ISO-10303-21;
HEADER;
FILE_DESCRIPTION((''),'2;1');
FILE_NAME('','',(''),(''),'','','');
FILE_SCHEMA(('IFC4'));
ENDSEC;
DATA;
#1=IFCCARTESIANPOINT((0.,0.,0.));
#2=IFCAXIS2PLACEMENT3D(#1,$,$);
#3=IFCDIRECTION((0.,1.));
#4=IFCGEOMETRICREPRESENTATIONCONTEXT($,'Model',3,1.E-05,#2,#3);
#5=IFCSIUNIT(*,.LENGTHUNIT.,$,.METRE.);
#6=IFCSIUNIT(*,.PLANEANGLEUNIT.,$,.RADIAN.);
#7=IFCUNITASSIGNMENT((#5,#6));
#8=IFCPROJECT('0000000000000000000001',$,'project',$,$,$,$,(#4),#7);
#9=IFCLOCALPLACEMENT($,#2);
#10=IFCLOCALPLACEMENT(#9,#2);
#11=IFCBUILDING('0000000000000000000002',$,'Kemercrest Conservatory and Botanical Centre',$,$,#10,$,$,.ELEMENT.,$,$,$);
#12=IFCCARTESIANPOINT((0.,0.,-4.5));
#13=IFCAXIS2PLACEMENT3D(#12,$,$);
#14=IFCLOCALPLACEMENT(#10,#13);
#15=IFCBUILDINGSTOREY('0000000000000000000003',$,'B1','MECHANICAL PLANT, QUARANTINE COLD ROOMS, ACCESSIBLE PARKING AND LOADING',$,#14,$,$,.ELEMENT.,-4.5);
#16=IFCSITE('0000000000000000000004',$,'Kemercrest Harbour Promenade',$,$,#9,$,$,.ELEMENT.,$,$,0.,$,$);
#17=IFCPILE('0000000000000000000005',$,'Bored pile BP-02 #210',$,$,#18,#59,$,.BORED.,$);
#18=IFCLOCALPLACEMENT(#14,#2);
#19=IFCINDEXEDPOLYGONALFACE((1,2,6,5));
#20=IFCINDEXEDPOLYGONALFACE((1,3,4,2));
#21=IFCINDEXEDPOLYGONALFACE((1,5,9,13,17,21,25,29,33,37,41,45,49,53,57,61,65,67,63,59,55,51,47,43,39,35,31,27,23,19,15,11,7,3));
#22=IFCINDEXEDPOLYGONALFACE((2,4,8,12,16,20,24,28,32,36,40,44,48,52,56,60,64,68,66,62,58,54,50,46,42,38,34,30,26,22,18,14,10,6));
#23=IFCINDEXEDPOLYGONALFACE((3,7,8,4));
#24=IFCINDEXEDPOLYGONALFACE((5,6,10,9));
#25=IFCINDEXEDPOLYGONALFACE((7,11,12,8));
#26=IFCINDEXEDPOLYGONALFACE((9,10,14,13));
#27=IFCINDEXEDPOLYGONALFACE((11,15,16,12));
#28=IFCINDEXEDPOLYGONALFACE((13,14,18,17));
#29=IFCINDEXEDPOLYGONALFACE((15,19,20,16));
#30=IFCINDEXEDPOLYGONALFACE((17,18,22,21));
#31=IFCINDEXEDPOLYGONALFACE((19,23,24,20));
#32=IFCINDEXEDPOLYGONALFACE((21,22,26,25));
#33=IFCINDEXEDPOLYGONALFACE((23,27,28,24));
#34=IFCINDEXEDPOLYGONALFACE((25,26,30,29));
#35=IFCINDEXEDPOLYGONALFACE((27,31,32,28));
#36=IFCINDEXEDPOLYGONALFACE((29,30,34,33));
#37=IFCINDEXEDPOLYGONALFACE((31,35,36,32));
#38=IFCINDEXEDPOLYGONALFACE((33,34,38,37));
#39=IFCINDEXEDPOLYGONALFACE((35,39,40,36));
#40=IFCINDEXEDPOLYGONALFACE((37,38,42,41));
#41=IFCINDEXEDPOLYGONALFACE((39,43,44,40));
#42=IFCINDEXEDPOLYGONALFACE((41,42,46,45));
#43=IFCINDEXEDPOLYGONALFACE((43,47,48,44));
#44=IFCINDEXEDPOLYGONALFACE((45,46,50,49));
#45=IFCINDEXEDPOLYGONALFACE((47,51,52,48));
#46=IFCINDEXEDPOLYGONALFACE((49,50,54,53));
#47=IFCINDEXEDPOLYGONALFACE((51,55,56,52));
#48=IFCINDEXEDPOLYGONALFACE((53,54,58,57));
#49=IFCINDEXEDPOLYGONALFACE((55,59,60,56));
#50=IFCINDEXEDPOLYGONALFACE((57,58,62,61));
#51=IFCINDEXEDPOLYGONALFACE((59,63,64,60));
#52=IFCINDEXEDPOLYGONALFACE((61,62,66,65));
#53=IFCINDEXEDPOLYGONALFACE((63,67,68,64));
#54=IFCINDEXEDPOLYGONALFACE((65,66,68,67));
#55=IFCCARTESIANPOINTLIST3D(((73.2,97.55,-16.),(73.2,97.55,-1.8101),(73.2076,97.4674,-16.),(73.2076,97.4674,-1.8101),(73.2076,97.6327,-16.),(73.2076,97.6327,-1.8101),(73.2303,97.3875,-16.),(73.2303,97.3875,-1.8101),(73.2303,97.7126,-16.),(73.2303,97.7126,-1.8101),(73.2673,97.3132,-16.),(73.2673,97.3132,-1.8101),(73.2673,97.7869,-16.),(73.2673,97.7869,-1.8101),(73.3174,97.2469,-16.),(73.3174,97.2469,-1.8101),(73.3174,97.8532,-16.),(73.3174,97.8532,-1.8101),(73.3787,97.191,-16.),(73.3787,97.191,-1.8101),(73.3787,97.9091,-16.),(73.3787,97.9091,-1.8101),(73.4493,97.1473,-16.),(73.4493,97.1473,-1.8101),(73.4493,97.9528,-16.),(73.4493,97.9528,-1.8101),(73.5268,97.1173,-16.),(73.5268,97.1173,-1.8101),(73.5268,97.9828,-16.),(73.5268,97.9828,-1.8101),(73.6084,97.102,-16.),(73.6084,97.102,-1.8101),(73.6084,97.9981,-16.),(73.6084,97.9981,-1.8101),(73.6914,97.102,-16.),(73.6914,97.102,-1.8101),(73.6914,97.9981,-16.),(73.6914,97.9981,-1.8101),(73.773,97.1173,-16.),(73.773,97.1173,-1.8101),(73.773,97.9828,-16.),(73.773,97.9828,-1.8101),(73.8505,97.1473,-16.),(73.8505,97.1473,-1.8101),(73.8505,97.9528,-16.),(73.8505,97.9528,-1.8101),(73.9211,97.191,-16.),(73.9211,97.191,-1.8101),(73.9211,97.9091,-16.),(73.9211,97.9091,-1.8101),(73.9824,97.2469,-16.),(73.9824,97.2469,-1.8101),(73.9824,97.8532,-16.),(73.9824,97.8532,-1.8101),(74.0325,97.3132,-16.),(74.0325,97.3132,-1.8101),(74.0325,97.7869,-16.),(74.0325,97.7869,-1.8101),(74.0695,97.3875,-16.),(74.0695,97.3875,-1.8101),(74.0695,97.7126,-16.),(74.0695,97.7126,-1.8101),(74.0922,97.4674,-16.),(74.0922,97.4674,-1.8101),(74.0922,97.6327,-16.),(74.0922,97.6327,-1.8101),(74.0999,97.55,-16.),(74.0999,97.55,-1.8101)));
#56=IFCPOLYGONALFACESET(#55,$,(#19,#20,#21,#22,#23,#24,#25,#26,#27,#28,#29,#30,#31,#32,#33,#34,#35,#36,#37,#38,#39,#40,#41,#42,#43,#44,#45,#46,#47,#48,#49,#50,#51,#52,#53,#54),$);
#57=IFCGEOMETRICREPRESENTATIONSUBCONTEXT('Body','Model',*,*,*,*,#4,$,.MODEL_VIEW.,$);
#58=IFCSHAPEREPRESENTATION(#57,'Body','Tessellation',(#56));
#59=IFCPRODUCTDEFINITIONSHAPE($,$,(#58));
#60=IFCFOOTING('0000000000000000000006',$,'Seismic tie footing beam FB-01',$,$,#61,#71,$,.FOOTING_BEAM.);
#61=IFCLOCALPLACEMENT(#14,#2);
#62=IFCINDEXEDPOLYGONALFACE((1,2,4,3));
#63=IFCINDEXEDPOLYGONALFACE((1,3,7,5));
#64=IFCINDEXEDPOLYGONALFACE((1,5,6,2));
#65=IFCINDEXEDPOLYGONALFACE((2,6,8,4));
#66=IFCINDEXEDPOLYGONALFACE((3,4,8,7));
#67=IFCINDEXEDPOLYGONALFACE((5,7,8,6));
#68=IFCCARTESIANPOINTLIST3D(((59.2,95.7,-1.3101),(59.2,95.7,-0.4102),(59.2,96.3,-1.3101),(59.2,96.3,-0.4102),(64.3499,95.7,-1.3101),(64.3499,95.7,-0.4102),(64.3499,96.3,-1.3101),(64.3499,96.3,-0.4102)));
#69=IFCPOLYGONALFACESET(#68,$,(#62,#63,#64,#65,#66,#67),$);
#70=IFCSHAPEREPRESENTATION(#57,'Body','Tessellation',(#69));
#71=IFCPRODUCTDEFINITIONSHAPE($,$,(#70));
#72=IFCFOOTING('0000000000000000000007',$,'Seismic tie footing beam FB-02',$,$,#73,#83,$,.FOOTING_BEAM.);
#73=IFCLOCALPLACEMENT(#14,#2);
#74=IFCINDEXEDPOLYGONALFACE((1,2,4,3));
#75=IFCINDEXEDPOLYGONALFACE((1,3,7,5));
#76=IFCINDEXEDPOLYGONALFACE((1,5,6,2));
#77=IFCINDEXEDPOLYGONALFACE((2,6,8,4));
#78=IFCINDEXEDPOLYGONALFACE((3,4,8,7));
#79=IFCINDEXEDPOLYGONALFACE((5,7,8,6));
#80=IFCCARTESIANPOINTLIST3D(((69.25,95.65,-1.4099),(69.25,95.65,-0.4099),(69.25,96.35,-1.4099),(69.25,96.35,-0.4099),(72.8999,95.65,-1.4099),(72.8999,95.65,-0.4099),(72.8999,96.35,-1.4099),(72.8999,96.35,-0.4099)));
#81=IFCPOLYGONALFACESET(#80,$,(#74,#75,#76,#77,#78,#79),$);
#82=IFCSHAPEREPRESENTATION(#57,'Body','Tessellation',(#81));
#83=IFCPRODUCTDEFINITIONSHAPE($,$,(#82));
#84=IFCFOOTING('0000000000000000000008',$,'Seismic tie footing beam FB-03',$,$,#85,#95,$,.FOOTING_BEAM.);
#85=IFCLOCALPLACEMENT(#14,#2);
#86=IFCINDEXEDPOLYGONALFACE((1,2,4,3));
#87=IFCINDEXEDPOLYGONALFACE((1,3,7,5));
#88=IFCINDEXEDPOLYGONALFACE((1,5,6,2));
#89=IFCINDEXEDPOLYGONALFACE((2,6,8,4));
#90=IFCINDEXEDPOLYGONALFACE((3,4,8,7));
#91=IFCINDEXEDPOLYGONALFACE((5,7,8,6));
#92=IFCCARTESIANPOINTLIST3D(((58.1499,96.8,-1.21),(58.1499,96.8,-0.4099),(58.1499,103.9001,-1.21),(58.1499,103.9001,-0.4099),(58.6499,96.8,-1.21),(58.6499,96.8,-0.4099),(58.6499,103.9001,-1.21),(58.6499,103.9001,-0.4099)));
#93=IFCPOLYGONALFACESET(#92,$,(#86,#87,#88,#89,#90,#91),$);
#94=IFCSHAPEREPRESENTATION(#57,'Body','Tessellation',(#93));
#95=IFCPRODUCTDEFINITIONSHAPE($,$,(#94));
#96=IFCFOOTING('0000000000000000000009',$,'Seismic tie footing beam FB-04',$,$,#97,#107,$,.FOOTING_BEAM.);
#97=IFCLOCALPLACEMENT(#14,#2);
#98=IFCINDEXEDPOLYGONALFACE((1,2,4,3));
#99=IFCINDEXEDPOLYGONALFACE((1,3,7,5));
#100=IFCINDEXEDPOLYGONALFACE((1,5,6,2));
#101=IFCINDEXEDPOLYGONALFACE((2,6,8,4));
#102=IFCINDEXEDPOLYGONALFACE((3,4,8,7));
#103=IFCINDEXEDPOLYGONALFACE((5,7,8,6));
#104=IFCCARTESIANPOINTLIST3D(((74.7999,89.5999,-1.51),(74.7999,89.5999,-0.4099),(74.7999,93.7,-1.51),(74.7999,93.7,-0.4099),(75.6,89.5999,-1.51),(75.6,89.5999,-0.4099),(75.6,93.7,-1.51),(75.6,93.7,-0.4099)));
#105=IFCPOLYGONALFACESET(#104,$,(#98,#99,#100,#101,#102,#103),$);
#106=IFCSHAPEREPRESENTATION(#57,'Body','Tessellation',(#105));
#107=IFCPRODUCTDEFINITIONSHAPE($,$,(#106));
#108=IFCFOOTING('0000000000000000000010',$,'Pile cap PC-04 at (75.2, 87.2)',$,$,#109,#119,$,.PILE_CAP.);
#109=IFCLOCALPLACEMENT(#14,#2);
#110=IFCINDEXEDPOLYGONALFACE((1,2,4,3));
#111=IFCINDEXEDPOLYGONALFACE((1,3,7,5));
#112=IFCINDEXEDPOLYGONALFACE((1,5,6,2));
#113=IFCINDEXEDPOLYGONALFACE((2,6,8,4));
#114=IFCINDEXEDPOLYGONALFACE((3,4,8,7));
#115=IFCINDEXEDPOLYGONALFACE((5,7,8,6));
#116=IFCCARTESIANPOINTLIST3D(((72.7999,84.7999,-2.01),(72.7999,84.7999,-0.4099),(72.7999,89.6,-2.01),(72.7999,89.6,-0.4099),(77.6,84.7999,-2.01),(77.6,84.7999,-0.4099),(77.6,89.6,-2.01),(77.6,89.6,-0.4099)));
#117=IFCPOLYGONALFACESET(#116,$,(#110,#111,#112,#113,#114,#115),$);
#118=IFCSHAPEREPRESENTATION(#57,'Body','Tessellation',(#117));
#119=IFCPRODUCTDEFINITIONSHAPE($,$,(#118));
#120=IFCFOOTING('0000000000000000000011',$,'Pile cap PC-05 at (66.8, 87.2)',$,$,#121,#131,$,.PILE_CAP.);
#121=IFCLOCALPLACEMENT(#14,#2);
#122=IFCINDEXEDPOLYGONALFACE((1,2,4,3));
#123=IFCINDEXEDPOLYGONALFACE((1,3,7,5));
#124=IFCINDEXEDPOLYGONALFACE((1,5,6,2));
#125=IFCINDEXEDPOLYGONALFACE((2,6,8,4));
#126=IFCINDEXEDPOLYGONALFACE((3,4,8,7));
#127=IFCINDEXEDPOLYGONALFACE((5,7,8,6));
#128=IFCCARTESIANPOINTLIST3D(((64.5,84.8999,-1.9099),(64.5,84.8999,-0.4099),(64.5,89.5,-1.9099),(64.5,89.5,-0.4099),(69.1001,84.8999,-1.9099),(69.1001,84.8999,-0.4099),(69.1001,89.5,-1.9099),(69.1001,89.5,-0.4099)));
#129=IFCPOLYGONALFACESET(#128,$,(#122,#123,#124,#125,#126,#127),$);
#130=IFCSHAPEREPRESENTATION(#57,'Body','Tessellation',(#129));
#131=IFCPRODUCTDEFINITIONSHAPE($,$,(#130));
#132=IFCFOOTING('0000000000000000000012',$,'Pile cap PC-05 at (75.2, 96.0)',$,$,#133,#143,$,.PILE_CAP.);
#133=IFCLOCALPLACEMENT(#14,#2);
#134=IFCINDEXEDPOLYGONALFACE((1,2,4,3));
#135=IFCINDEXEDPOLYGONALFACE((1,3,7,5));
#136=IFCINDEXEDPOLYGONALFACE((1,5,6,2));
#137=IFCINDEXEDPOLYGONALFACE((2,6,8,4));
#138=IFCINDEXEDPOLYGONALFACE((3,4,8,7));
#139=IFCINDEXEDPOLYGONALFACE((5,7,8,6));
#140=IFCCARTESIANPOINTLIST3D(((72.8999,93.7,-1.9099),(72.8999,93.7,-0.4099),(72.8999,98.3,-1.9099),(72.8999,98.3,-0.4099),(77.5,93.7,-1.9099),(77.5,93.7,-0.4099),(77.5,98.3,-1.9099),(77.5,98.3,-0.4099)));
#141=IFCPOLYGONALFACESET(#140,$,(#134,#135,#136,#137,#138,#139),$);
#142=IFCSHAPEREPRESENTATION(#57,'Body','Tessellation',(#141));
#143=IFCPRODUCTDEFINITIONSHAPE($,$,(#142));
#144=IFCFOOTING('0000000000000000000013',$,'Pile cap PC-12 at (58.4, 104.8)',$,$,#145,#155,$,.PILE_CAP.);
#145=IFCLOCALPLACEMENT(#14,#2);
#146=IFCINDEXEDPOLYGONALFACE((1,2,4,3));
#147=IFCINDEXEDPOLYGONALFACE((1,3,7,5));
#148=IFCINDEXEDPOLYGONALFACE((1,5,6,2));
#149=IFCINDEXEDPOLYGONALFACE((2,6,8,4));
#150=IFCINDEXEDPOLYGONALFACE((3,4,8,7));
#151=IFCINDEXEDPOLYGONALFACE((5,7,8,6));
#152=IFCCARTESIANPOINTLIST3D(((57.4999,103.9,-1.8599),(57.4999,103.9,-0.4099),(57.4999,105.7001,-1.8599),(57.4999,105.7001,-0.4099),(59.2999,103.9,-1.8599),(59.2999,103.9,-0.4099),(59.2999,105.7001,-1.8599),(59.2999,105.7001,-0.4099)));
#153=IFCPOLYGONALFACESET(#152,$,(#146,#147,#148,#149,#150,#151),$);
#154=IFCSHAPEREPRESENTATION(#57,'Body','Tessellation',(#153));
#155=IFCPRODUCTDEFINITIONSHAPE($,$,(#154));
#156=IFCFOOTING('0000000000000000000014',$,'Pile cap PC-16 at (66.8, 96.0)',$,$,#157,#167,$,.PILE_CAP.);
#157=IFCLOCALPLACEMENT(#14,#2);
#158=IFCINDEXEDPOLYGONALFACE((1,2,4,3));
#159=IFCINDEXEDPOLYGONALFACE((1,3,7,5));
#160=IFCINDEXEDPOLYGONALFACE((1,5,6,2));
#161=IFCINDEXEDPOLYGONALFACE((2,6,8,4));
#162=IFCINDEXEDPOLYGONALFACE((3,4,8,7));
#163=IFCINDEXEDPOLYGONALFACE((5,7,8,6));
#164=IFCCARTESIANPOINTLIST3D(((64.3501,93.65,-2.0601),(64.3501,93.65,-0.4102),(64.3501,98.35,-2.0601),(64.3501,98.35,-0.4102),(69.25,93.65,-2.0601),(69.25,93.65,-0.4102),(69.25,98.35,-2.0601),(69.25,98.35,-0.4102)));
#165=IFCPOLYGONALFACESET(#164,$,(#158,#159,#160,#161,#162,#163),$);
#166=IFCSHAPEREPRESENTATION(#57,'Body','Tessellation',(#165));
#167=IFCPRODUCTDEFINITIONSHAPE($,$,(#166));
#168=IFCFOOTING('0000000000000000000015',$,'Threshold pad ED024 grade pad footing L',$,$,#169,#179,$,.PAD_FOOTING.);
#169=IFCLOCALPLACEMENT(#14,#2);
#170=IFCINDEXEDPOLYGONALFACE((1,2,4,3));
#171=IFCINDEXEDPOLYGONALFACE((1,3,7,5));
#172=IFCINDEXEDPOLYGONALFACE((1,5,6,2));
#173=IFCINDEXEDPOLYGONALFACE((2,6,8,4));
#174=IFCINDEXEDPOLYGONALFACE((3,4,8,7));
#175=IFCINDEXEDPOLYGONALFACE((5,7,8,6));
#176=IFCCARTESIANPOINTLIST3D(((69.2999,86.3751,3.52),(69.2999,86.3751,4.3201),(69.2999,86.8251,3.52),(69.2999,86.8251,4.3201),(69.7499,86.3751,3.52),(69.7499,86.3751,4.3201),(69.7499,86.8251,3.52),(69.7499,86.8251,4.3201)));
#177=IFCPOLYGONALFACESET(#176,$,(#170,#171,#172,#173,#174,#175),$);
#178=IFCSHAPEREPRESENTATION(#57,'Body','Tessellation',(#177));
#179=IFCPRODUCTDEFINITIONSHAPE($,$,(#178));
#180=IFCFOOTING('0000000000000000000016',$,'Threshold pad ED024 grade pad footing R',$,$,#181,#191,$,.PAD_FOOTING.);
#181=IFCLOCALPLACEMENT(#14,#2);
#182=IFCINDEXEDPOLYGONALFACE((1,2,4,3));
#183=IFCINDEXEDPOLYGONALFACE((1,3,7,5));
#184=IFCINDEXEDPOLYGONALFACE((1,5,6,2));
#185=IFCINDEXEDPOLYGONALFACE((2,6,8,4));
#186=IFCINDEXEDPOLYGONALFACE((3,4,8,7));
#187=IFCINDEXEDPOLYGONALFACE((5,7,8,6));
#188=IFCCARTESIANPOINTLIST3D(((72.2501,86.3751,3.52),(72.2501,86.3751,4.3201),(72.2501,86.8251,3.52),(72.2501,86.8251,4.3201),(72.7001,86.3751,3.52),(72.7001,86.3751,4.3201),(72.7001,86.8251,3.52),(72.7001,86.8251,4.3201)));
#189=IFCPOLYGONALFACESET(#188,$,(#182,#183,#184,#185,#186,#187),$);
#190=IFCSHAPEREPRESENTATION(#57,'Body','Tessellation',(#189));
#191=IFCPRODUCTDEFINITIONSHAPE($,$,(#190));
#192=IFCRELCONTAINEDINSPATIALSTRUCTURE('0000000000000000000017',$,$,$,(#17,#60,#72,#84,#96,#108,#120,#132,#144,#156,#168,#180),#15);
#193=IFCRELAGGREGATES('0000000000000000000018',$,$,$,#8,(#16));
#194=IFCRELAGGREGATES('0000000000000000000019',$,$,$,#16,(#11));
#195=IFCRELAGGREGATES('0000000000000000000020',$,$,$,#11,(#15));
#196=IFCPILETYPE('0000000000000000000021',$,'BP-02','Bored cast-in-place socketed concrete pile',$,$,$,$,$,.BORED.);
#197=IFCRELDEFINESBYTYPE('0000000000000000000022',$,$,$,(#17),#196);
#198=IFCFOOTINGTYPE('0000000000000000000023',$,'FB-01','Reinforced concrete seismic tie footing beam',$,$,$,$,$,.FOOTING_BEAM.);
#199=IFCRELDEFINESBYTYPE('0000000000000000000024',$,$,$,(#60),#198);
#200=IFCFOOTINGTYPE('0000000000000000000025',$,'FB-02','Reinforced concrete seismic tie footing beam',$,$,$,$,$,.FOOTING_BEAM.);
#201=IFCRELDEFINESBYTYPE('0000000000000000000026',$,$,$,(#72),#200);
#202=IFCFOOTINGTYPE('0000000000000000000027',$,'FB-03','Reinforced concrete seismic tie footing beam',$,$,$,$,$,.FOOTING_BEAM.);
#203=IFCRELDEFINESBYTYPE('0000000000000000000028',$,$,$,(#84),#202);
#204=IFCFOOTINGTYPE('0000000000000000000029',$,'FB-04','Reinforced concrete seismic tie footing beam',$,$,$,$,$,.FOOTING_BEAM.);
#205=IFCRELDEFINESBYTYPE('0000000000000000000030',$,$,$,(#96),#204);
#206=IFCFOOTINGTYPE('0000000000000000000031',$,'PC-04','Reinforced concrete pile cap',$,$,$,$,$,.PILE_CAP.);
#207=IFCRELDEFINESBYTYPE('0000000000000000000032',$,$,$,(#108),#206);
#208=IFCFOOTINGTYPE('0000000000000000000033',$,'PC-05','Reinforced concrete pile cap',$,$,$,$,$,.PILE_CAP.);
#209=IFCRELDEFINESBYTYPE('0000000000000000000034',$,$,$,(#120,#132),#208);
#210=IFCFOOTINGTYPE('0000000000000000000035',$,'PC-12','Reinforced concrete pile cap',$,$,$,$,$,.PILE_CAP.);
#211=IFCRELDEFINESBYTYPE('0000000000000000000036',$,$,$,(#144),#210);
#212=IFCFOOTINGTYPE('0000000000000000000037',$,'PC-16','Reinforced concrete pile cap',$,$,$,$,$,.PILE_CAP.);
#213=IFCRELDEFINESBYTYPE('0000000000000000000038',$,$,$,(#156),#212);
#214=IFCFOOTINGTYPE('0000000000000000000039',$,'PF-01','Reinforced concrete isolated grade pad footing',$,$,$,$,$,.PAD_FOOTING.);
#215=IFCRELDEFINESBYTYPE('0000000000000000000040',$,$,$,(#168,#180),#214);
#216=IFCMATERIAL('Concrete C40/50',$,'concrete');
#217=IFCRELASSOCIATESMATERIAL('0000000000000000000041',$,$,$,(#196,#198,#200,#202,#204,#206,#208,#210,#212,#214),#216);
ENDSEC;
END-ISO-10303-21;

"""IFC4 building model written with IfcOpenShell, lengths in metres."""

from ifc_helpers import new_model, si_unit, direction, frame, origin, origin_2d, place, context, subcontext, project, spatial, rectangle, circle, extrude, material, material_profile, profile_set, type_object, element, save


model = new_model("IFC4")

# Units and contexts
model_context = context("Model", 3, precision=1e-05, world=origin(), true_north=direction((0.0, 1.0)))
body_context = subcontext(model_context, "Body", "Model", "MODEL_VIEW")
ifc_project = project(units=[si_unit("LENGTHUNIT", "METRE"), si_unit("PLANEANGLEUNIT", "RADIAN")], contexts=[model_context])

# Site, building, storey
site_placement = place(None, origin())
site = spatial("IfcSite", under=ifc_project, at=site_placement, Name="Kemercrest Harbour Promenade", CompositionType="ELEMENT", RefElevation=0.0)
building_placement = place(site_placement, origin())
building = spatial("IfcBuilding", under=site, at=building_placement, Name="Kemercrest Conservatory and Botanical Centre", CompositionType="ELEMENT")
storey_placement = place(building_placement, frame((0.0, 0.0, -4.5)))
storey = spatial("IfcBuildingStorey", under=building, at=storey_placement, Name="B1", Description="MECHANICAL PLANT, QUARANTINE COLD ROOMS, ACCESSIBLE PARKING AND LOADING", CompositionType="ELEMENT", Elevation=-4.5)

# Pile
ifc_material_1 = material(Name="Concrete C40/50", Category="concrete")
ifc_material_profile_1 = material_profile(ifc_material_1, circle(Radius=0.45, at=origin_2d()), Name="BORED PILE 900")
ifc_profile_set_1 = profile_set([ifc_material_profile_1], Name="Concrete C40/50")
pile_type_1 = type_object("IfcPileType", Name="BP-02", Description="Bored cast-in-place socketed concrete pile", PredefinedType="BORED", material=ifc_profile_set_1)
for number, where, z_axis, x_axis, name in (
    (1, (73.6499, 97.55, -1.8101), (0.0, 0.0, -1.0), (1.0, 0.0, 0.0), "Bored pile BP-02 #210"),
):
    element("IfcPile", number, at=place(storey_placement, frame(where, z_axis=z_axis, x_axis=x_axis)), inside=storey, type_object=pile_type_1, Name=name, PredefinedType="BORED", context=body_context, shape_type="SweptSolid", body=[
        extrude(circle(Radius=0.45, at=origin_2d()), origin(), (0.0, 0.0, 1.0), 14.1899),
    ])

# Footings
footing_type_1 = type_object("IfcFootingType", Name="FB-01", Description="Reinforced concrete seismic tie footing beam", PredefinedType="FOOTING_BEAM", material=ifc_material_1)
footing_1_placement = place(storey_placement, frame((61.7749, 96.0, -1.3101), z_axis=(0.0, 0.0, 1.0), x_axis=(1.0, 0.0, 0.0)))
element("IfcFooting", 2, at=footing_1_placement, inside=storey, type_object=footing_type_1, Name="Seismic tie footing beam FB-01", PredefinedType="FOOTING_BEAM", context=body_context, shape_type="SweptSolid", body=[
    extrude(rectangle(XDim=5.1499, YDim=0.6001, at=origin_2d()), origin(), (0.0, 0.0, 1.0), 0.8999),
])
footing_type_2 = type_object("IfcFootingType", Name="FB-02", Description="Reinforced concrete seismic tie footing beam", PredefinedType="FOOTING_BEAM", material=ifc_material_1)
footing_2_placement = place(storey_placement, frame((71.075, 96.0, -1.4099), z_axis=(0.0, 0.0, 1.0), x_axis=(1.0, 0.0, 0.0)))
element("IfcFooting", 3, at=footing_2_placement, inside=storey, type_object=footing_type_2, Name="Seismic tie footing beam FB-02", PredefinedType="FOOTING_BEAM", context=body_context, shape_type="SweptSolid", body=[
    extrude(rectangle(XDim=3.6499, YDim=0.7, at=origin_2d()), origin(), (0.0, 0.0, 1.0), 1.0),
])
footing_type_3 = type_object("IfcFootingType", Name="FB-03", Description="Reinforced concrete seismic tie footing beam", PredefinedType="FOOTING_BEAM", material=ifc_material_1)
footing_3_placement = place(storey_placement, frame((58.3999, 100.3501, -1.21), z_axis=(0.0, 0.0, 1.0), x_axis=(1.0, 0.0, 0.0)))
element("IfcFooting", 4, at=footing_3_placement, inside=storey, type_object=footing_type_3, Name="Seismic tie footing beam FB-03", PredefinedType="FOOTING_BEAM", context=body_context, shape_type="SweptSolid", body=[
    extrude(rectangle(XDim=0.5, YDim=7.1001, at=origin_2d()), origin(), (0.0, 0.0, 1.0), 0.8),
])
footing_type_4 = type_object("IfcFootingType", Name="FB-04", Description="Reinforced concrete seismic tie footing beam", PredefinedType="FOOTING_BEAM", material=ifc_material_1)
footing_4_placement = place(storey_placement, frame((75.2, 91.6499, -1.51), z_axis=(0.0, 0.0, 1.0), x_axis=(1.0, 0.0, 0.0)))
element("IfcFooting", 5, at=footing_4_placement, inside=storey, type_object=footing_type_4, Name="Seismic tie footing beam FB-04", PredefinedType="FOOTING_BEAM", context=body_context, shape_type="SweptSolid", body=[
    extrude(rectangle(XDim=0.8, YDim=4.1001, at=origin_2d()), origin(), (0.0, 0.0, 1.0), 1.1001),
])
footing_type_5 = type_object("IfcFootingType", Name="PC-04", Description="Reinforced concrete pile cap", PredefinedType="PILE_CAP", material=ifc_material_1)
footing_5_placement = place(storey_placement, frame((75.2, 87.2, -2.01), z_axis=(0.0, 0.0, 1.0), x_axis=(1.0, 0.0, 0.0)))
element("IfcFooting", 6, at=footing_5_placement, inside=storey, type_object=footing_type_5, Name="Pile cap PC-04 at (75.2, 87.2)", PredefinedType="PILE_CAP", context=body_context, shape_type="SweptSolid", body=[
    extrude(rectangle(XDim=4.8, YDim=4.8, at=origin_2d()), origin(), (0.0, 0.0, 1.0), 1.6001),
])
footing_type_6 = type_object("IfcFootingType", Name="PC-05", Description="Reinforced concrete pile cap", PredefinedType="PILE_CAP", material=ifc_material_1)
for number, where, z_axis, x_axis, name in (
    (7, (66.8, 87.2, -1.9099), (0.0, 0.0, 1.0), (1.0, 0.0, 0.0), "Pile cap PC-05 at (66.8, 87.2)"),
    (8, (75.2, 96.0, -1.9099), (0.0, 0.0, 1.0), (1.0, 0.0, 0.0), "Pile cap PC-05 at (75.2, 96.0)"),
):
    element("IfcFooting", number, at=place(storey_placement, frame(where, z_axis=z_axis, x_axis=x_axis)), inside=storey, type_object=footing_type_6, Name=name, PredefinedType="PILE_CAP", context=body_context, shape_type="SweptSolid", body=[
        extrude(rectangle(XDim=4.6001, YDim=4.6001, at=origin_2d()), origin(), (0.0, 0.0, 1.0), 1.5),
    ])
footing_type_7 = type_object("IfcFootingType", Name="PC-12", Description="Reinforced concrete pile cap", PredefinedType="PILE_CAP", material=ifc_material_1)
footing_6_placement = place(storey_placement, frame((58.3999, 104.8, -1.8599), z_axis=(0.0, 0.0, 1.0), x_axis=(1.0, 0.0, 0.0)))
element("IfcFooting", 9, at=footing_6_placement, inside=storey, type_object=footing_type_7, Name="Pile cap PC-12 at (58.4, 104.8)", PredefinedType="PILE_CAP", context=body_context, shape_type="SweptSolid", body=[
    extrude(rectangle(XDim=1.8, YDim=1.8, at=origin_2d()), origin(), (0.0, 0.0, 1.0), 1.45),
])
footing_type_8 = type_object("IfcFootingType", Name="PC-16", Description="Reinforced concrete pile cap", PredefinedType="PILE_CAP", material=ifc_material_1)
footing_7_placement = place(storey_placement, frame((66.8, 96.0, -2.0601), z_axis=(0.0, 0.0, 1.0), x_axis=(1.0, 0.0, 0.0)))
element("IfcFooting", 10, at=footing_7_placement, inside=storey, type_object=footing_type_8, Name="Pile cap PC-16 at (66.8, 96.0)", PredefinedType="PILE_CAP", context=body_context, shape_type="SweptSolid", body=[
    extrude(rectangle(XDim=4.8999, YDim=4.7, at=origin_2d()), origin(), (0.0, 0.0, 1.0), 1.6499),
])
footing_type_9 = type_object("IfcFootingType", Name="PF-01", Description="Reinforced concrete isolated grade pad footing", PredefinedType="PAD_FOOTING", material=ifc_material_1)
for number, where, z_axis, x_axis, name in (
    (11, (69.5249, 86.6001, 3.52), (0.0, 0.0, 1.0), (1.0, 0.0, 0.0), "Threshold pad ED024 grade pad footing L"),
    (12, (72.4751, 86.6001, 3.52), (0.0, 0.0, 1.0), (1.0, 0.0, 0.0), "Threshold pad ED024 grade pad footing R"),
):
    element("IfcFooting", number, at=place(storey_placement, frame(where, z_axis=z_axis, x_axis=x_axis)), inside=storey, type_object=footing_type_9, Name=name, PredefinedType="PAD_FOOTING", context=body_context, shape_type="SweptSolid", body=[
        extrude(rectangle(XDim=0.45, YDim=0.45, at=origin_2d()), origin(), (0.0, 0.0, 1.0), 0.8),
    ])

save(model, "model.ifc")
